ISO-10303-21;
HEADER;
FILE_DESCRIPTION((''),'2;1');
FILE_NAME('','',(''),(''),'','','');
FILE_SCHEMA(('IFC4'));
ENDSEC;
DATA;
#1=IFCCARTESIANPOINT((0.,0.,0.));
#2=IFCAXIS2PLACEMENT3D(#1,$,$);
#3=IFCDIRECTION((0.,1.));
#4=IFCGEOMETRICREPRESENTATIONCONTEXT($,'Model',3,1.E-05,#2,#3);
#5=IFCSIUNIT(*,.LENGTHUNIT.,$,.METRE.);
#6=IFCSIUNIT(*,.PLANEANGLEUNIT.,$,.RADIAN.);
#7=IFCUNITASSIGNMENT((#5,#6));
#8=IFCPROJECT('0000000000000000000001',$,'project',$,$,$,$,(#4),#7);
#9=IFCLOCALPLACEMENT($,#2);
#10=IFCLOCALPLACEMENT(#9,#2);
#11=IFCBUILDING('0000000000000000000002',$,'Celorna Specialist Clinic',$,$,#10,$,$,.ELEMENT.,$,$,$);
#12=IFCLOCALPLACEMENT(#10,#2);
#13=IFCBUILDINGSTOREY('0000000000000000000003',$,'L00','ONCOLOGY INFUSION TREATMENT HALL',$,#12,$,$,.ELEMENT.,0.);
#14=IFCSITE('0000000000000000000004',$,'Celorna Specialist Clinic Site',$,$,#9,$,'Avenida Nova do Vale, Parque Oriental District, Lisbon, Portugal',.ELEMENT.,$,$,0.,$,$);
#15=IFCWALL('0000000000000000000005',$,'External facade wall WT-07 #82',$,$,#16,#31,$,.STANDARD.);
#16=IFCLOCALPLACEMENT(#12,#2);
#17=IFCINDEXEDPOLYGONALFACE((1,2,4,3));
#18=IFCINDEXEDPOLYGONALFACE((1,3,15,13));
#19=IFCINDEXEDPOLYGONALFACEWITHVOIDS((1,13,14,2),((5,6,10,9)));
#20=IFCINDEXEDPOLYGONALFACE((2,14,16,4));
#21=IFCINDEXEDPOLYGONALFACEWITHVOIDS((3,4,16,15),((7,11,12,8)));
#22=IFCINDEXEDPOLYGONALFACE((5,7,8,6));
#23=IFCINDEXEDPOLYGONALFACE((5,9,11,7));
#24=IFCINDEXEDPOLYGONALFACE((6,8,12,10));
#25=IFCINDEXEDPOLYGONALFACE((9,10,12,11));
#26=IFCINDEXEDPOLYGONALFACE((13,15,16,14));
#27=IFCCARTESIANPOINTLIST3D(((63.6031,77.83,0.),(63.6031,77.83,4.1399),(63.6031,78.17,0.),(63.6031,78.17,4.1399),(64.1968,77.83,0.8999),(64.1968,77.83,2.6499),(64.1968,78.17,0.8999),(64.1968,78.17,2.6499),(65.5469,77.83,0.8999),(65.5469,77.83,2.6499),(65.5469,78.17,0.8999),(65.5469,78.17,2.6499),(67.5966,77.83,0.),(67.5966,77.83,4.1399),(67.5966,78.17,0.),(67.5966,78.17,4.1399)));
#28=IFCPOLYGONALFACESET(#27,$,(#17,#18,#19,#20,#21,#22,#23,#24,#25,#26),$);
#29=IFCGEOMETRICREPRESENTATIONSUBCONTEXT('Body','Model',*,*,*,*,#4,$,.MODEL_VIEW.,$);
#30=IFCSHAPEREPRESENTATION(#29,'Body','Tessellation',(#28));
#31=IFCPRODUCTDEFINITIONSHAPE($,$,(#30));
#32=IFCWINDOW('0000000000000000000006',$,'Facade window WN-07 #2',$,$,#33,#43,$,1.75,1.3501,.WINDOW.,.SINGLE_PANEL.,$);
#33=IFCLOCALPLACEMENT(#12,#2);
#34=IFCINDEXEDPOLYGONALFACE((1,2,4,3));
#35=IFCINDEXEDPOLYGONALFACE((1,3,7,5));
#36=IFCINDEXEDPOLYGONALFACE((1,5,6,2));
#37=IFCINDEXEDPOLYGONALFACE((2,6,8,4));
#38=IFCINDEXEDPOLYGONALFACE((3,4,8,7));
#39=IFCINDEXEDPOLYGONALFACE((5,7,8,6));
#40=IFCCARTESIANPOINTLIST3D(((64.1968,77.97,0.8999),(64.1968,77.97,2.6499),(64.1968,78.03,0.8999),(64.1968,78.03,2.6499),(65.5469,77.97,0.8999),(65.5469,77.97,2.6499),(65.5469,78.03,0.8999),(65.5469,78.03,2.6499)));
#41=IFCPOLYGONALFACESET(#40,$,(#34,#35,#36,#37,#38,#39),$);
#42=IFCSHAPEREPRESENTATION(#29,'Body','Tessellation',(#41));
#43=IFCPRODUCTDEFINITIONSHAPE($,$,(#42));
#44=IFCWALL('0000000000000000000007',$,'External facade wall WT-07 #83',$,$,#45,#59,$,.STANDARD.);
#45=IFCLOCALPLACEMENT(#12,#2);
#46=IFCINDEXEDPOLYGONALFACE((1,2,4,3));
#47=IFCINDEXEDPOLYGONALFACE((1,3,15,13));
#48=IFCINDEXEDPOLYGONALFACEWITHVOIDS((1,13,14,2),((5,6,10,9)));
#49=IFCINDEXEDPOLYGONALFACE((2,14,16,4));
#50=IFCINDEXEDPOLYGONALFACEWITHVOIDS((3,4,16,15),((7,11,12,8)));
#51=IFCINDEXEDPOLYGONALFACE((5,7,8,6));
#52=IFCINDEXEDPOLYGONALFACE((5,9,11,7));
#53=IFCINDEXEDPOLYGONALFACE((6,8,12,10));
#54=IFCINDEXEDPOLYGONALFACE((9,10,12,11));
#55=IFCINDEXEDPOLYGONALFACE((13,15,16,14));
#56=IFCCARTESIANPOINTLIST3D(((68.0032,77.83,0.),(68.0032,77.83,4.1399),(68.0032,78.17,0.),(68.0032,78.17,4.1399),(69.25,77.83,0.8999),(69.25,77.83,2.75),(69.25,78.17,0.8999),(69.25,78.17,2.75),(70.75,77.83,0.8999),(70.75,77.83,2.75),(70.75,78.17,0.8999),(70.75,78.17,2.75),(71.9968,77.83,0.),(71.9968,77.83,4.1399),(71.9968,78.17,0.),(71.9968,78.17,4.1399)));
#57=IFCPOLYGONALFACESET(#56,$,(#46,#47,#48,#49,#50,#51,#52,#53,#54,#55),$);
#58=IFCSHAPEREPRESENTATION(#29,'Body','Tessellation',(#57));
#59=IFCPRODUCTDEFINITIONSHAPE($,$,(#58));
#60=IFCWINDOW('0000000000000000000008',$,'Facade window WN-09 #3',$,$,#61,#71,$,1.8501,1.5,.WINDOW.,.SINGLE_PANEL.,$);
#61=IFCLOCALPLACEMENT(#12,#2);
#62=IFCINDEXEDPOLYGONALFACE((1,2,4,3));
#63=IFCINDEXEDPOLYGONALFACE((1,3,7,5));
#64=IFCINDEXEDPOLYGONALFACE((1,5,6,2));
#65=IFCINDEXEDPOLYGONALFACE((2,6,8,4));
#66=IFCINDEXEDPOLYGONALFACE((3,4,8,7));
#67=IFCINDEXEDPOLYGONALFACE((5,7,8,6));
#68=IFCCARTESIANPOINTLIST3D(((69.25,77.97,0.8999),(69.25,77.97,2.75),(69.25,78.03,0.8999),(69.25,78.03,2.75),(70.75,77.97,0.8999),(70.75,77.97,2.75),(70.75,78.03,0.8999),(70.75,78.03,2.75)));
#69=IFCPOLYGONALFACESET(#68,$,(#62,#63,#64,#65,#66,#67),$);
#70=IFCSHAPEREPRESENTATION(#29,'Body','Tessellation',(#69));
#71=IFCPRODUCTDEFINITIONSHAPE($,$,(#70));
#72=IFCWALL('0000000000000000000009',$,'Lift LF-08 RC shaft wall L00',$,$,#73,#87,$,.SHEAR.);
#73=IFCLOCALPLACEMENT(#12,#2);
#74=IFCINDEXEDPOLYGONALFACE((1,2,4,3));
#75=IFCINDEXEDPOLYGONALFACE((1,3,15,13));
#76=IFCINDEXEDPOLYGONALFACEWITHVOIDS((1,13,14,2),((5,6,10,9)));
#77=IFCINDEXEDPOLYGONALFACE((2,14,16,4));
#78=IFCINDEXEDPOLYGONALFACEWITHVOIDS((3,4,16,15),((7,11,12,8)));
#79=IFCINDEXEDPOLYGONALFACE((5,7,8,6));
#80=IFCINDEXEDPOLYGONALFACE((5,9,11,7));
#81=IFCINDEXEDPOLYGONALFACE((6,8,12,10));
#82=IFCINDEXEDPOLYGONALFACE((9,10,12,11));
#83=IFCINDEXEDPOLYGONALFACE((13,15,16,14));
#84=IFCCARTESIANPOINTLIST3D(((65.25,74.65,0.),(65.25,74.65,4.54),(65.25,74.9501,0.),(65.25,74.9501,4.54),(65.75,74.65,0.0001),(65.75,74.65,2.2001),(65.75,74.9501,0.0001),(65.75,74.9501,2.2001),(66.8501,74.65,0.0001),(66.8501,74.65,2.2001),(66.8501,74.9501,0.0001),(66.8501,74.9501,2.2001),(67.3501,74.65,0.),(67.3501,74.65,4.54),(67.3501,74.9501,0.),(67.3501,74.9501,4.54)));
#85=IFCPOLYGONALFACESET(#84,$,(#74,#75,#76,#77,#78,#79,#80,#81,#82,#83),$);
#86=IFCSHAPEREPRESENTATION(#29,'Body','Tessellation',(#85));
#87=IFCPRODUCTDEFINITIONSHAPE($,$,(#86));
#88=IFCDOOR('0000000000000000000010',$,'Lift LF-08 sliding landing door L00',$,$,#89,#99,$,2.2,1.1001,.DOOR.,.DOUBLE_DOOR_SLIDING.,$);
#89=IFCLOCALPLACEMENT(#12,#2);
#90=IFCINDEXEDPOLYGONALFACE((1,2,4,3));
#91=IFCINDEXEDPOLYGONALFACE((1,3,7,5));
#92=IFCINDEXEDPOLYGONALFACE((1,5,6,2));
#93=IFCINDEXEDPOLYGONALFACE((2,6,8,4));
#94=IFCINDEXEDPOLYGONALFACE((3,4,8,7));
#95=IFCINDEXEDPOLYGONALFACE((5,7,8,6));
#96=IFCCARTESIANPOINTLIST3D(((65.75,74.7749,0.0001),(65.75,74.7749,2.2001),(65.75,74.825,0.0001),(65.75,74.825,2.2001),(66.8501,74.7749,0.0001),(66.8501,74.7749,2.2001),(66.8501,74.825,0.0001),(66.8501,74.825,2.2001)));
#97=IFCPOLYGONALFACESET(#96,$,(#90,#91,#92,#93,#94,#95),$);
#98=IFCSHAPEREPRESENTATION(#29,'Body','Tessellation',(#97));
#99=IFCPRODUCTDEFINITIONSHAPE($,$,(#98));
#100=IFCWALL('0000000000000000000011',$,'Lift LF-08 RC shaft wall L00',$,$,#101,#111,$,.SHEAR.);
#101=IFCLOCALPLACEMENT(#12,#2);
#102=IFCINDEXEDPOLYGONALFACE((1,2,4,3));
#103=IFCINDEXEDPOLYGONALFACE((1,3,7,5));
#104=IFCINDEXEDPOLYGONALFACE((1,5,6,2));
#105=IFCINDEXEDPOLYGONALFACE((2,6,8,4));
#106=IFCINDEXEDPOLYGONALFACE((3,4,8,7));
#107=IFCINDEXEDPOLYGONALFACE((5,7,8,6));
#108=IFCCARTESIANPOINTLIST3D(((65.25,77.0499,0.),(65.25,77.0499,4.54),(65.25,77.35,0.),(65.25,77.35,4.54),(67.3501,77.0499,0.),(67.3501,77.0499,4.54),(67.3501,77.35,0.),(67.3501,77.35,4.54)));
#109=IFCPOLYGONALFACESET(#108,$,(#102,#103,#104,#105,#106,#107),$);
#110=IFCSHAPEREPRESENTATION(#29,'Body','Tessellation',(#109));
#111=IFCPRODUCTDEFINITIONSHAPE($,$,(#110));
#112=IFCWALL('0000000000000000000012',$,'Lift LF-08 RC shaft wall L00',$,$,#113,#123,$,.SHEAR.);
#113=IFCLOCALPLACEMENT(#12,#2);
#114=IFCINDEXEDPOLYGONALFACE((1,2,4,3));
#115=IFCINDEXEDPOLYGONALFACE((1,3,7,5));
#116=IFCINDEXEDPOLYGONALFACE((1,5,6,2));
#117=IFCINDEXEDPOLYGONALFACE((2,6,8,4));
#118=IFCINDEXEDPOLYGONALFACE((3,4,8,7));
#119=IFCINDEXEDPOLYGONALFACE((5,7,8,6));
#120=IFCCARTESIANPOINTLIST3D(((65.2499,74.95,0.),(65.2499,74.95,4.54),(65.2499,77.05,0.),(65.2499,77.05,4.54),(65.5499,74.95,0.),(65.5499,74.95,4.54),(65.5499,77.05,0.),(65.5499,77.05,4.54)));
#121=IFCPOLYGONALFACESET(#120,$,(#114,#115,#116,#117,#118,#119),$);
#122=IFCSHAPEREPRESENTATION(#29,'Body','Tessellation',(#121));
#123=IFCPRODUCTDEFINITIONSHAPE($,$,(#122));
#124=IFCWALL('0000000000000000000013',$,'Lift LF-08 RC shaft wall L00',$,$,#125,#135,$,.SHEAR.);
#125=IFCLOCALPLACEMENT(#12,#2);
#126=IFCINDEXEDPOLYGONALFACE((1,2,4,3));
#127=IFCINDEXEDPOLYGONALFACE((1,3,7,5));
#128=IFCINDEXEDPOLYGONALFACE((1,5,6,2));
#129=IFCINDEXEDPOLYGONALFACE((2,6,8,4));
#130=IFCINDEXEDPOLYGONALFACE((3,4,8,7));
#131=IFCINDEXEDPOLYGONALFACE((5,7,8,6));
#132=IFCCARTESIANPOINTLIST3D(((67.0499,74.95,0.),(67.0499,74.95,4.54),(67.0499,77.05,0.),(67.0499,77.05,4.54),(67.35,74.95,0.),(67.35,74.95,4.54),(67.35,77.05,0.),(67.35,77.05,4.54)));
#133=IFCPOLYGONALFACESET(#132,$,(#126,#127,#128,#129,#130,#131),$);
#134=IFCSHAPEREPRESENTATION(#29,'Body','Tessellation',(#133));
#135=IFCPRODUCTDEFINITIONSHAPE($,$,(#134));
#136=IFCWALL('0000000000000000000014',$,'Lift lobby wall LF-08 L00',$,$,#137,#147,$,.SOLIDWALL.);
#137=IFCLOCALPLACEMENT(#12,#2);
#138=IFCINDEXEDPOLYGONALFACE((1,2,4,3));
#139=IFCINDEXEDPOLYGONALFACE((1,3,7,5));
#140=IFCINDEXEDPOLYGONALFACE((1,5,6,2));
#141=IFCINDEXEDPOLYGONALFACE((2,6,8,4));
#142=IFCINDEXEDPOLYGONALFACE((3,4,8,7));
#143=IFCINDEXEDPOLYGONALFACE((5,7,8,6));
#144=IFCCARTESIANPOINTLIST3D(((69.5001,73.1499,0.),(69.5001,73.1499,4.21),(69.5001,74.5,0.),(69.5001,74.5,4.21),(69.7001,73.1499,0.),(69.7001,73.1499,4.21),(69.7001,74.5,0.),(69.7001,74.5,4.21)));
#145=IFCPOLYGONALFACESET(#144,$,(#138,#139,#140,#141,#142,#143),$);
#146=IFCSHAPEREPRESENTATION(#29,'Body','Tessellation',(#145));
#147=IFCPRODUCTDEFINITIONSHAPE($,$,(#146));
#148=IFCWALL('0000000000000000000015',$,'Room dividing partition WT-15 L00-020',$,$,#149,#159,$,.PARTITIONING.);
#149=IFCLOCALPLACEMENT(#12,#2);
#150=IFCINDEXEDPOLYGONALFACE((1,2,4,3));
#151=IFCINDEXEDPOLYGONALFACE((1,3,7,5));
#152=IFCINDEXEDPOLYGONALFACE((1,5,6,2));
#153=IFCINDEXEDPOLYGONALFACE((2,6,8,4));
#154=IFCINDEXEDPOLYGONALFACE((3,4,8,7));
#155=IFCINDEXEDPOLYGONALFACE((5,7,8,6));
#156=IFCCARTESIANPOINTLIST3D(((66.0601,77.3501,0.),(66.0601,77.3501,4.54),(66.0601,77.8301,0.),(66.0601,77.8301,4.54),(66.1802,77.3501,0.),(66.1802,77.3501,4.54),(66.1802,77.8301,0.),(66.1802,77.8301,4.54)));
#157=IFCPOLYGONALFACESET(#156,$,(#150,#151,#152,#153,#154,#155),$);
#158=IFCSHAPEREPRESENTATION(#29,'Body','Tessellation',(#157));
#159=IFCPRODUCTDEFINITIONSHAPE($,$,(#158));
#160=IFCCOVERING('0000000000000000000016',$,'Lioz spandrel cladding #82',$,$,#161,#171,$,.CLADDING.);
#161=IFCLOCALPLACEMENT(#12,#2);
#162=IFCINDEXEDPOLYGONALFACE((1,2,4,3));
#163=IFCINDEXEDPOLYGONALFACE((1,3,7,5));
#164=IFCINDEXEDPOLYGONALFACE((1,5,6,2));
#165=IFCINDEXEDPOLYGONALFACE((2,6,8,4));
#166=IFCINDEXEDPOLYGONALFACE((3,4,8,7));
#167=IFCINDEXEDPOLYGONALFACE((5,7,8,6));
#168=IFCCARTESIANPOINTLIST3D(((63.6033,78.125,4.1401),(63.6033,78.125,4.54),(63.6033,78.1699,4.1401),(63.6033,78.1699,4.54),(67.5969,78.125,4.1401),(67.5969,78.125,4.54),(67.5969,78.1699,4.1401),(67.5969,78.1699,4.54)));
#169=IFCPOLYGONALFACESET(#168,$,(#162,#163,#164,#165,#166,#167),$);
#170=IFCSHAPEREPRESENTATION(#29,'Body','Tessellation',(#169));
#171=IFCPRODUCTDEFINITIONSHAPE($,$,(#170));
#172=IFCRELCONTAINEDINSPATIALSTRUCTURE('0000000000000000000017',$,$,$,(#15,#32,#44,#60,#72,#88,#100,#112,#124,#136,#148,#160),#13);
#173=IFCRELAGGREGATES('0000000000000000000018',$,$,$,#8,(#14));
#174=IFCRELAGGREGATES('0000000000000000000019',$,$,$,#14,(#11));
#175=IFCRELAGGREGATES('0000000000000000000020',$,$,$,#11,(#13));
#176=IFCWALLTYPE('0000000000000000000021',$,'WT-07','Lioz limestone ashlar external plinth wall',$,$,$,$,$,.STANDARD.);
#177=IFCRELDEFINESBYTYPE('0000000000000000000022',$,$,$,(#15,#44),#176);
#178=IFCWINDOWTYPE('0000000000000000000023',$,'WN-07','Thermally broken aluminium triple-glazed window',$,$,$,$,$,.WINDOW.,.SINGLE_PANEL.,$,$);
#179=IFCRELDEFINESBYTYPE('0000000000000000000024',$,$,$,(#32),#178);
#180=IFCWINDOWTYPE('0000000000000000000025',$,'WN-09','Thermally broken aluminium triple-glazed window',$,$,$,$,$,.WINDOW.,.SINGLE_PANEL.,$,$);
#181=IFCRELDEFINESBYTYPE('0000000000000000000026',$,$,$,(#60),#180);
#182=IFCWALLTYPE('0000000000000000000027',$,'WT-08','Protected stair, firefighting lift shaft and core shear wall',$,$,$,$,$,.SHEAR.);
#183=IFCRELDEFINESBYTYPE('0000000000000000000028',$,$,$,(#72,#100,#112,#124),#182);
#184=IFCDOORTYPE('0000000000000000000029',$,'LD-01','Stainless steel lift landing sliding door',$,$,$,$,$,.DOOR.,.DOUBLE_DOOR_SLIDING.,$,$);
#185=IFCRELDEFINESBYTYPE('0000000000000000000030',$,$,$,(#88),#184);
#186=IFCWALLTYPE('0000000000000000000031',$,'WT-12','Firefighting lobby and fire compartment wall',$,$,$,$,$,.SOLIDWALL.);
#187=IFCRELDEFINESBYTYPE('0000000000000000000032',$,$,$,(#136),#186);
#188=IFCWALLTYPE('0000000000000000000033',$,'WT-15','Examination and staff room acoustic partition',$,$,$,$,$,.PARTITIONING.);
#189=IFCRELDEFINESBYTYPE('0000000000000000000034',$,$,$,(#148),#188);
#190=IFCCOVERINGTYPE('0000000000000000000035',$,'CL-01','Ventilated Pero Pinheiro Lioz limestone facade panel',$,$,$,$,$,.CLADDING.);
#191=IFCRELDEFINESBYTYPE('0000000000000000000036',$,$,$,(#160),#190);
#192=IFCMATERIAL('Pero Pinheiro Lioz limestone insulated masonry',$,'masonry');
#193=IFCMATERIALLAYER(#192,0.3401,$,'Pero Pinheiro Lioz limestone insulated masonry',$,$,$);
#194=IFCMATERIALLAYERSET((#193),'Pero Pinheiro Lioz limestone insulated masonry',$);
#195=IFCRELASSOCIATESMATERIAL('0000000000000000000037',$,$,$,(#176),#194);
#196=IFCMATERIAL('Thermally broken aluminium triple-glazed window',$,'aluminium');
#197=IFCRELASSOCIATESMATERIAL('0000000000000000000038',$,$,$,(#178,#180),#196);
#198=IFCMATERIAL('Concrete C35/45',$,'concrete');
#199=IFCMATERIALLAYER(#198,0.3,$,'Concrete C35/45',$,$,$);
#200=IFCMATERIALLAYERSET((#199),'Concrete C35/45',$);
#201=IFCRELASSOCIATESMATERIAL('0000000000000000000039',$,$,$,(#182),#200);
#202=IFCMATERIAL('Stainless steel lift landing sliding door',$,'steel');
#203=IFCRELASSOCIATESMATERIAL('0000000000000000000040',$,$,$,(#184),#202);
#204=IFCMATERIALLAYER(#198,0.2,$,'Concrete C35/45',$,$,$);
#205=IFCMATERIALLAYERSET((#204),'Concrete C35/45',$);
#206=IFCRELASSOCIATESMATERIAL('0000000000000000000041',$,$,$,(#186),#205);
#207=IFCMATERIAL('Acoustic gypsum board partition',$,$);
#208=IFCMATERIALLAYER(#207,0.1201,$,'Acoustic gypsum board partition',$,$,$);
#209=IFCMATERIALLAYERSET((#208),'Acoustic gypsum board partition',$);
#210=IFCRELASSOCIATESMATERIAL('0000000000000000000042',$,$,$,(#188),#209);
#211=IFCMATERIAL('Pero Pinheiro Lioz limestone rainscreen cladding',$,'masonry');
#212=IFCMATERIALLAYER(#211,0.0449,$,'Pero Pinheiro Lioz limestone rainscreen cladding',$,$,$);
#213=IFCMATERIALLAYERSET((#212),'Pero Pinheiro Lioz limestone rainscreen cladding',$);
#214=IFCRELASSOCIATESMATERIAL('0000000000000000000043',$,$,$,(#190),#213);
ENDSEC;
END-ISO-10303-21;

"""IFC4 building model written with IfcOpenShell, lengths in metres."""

from ifc_helpers import new_model, si_unit, direction, frame, frame_2d, origin, origin_2d, place, context, subcontext, project, spatial, rectangle, extrude, material, layer, layer_set, type_object, element, fill, save


model = new_model("IFC4")

# Units and contexts
model_context = context("Model", 3, precision=1e-05, world=origin(), true_north=direction((0.0, 1.0)))
body_context = subcontext(model_context, "Body", "Model", "MODEL_VIEW")
ifc_project = project(units=[si_unit("LENGTHUNIT", "METRE"), si_unit("PLANEANGLEUNIT", "RADIAN")], contexts=[model_context])

# Site, building, storey
site_placement = place(None, origin())
site = spatial("IfcSite", under=ifc_project, at=site_placement, Name="Celorna Specialist Clinic Site", LongName="Avenida Nova do Vale, Parque Oriental District, Lisbon, Portugal", CompositionType="ELEMENT", RefElevation=0.0)
building_placement = place(site_placement, origin())
building = spatial("IfcBuilding", under=site, at=building_placement, Name="Celorna Specialist Clinic", CompositionType="ELEMENT")
storey_placement = place(building_placement, origin())
storey = spatial("IfcBuildingStorey", under=building, at=storey_placement, Name="L00", Description="ONCOLOGY INFUSION TREATMENT HALL", CompositionType="ELEMENT", Elevation=0.0)

# Walls, openings, windows
ifc_material_1 = material(Name="Pero Pinheiro Lioz limestone insulated masonry", Category="masonry")
ifc_layer_1 = layer(ifc_material_1, 0.3401, Name="Pero Pinheiro Lioz limestone insulated masonry")
ifc_layer_set_1 = layer_set([ifc_layer_1], Name="Pero Pinheiro Lioz limestone insulated masonry")
wall_type_1 = type_object("IfcWallType", Name="WT-07", Description="Lioz limestone ashlar external plinth wall", PredefinedType="STANDARD", material=ifc_layer_set_1)
wall_1_placement = place(storey_placement, frame((63.6033, 78.0, 0.0), z_axis=(0.0, 0.0, 1.0), x_axis=(1.0, 0.0, 0.0)))
wall_1 = element("IfcWall", 1, at=wall_1_placement, inside=storey, type_object=wall_type_1, Name="External facade wall WT-07 #82", PredefinedType="STANDARD", context=body_context, shape_type="SweptSolid", body=[
    extrude(rectangle(XDim=3.9934, YDim=0.3401, at=frame_2d((1.9966, 0.0))), origin(), (0.0, 0.0, 1.0), 4.1399),
])
opening_1_placement = place(wall_1_placement, frame((0.5935, 0.0, 0.8999)))
opening_1 = element("IfcOpeningElement", 2, at=opening_1_placement, cuts=wall_1, PredefinedType="OPENING", context=body_context, shape_type="SweptSolid", body=[
    extrude(rectangle(XDim=1.3501, YDim=1.75, at=frame_2d((0.675, 0.875))), frame((0.0, 0.1799, 0.0), z_axis=(0.0, -1.0, 0.0), x_axis=(1.0, 0.0, 0.0)), (0.0, 0.0, 1.0), 0.3601),
])
ifc_material_2 = material(Name="Thermally broken aluminium triple-glazed window", Category="aluminium")
window_type_1 = type_object("IfcWindowType", Name="WN-07", Description="Thermally broken aluminium triple-glazed window", PartitioningType="SINGLE_PANEL", PredefinedType="WINDOW", material=ifc_material_2)
window_1_placement = place(opening_1_placement, origin())
window_1 = element("IfcWindow", 3, at=window_1_placement, inside=storey, type_object=window_type_1, Name="Facade window WN-07 #2", OverallHeight=1.75, OverallWidth=1.3501, PartitioningType="SINGLE_PANEL", PredefinedType="WINDOW", context=body_context, shape_type="SweptSolid", body=[
    extrude(rectangle(XDim=1.3501, YDim=1.75, at=frame_2d((0.675, 0.875))), frame((0.0, 0.03, 0.0), z_axis=(0.0, -1.0, 0.0), x_axis=(1.0, 0.0, 0.0)), (0.0, 0.0, 1.0), 0.0601),
])
fill(opening_1, window_1)
wall_2_placement = place(storey_placement, frame((68.0032, 78.0, 0.0), z_axis=(0.0, 0.0, 1.0), x_axis=(1.0, 0.0, 0.0)))
wall_2 = element("IfcWall", 4, at=wall_2_placement, inside=storey, type_object=wall_type_1, Name="External facade wall WT-07 #83", PredefinedType="STANDARD", context=body_context, shape_type="SweptSolid", body=[
    extrude(rectangle(XDim=3.9937, YDim=0.3401, at=frame_2d((1.9968, 0.0))), origin(), (0.0, 0.0, 1.0), 4.1399),
])
opening_2_placement = place(wall_2_placement, frame((1.2468, 0.0, 0.8999)))
opening_2 = element("IfcOpeningElement", 5, at=opening_2_placement, cuts=wall_2, PredefinedType="OPENING", context=body_context, shape_type="SweptSolid", body=[
    extrude(rectangle(XDim=1.5, YDim=1.8501, at=frame_2d((0.75, 0.925))), frame((0.0, 0.1799, 0.0), z_axis=(0.0, -1.0, 0.0), x_axis=(1.0, 0.0, 0.0)), (0.0, 0.0, 1.0), 0.3601),
])
window_type_2 = type_object("IfcWindowType", Name="WN-09", Description="Thermally broken aluminium triple-glazed window", PartitioningType="SINGLE_PANEL", PredefinedType="WINDOW", material=ifc_material_2)
window_2_placement = place(opening_2_placement, origin())
window_2 = element("IfcWindow", 6, at=window_2_placement, inside=storey, type_object=window_type_2, Name="Facade window WN-09 #3", OverallHeight=1.8501, OverallWidth=1.5, PartitioningType="SINGLE_PANEL", PredefinedType="WINDOW", context=body_context, shape_type="SweptSolid", body=[
    extrude(rectangle(XDim=1.5, YDim=1.8501, at=frame_2d((0.75, 0.925))), frame((0.0, 0.03, 0.0), z_axis=(0.0, -1.0, 0.0), x_axis=(1.0, 0.0, 0.0)), (0.0, 0.0, 1.0), 0.0601),
])
fill(opening_2, window_2)

# Wall, opening, door
ifc_material_3 = material(Name="Concrete C35/45", Category="concrete")
ifc_layer_2 = layer(ifc_material_3, 0.3, Name="Concrete C35/45")
ifc_layer_set_2 = layer_set([ifc_layer_2], Name="Concrete C35/45")
wall_type_2 = type_object("IfcWallType", Name="WT-08", Description="Protected stair, firefighting lift shaft and core shear wall", PredefinedType="SHEAR", material=ifc_layer_set_2)
wall_3_placement = place(storey_placement, frame((65.25, 74.8, 0.0), z_axis=(0.0, 0.0, 1.0), x_axis=(1.0, 0.0, 0.0)))
wall_3 = element("IfcWall", 7, at=wall_3_placement, inside=storey, type_object=wall_type_2, Name="Lift LF-08 RC shaft wall L00", PredefinedType="SHEAR", context=body_context, shape_type="SweptSolid", body=[
    extrude(rectangle(XDim=2.1001, YDim=0.3, at=frame_2d((1.05, 0.0))), origin(), (0.0, 0.0, 1.0), 4.54),
])
opening_3_placement = place(wall_3_placement, frame((0.5, 0.0, 0.0)))
opening_3 = element("IfcOpeningElement", 8, at=opening_3_placement, cuts=wall_3, PredefinedType="OPENING", context=body_context, shape_type="SweptSolid", body=[
    extrude(rectangle(XDim=1.1001, YDim=2.2, at=frame_2d((0.55, 1.1001))), frame((0.0, 0.1599, 0.0), z_axis=(0.0, -1.0, 0.0), x_axis=(1.0, 0.0, 0.0)), (0.0, 0.0, 1.0), 0.3201),
])
ifc_material_4 = material(Name="Stainless steel lift landing sliding door", Category="steel")
door_type = type_object("IfcDoorType", Name="LD-01", Description="Stainless steel lift landing sliding door", OperationType="DOUBLE_DOOR_SLIDING", PredefinedType="DOOR", material=ifc_material_4)
door_placement = place(opening_3_placement, origin())
door = element("IfcDoor", 9, at=door_placement, inside=storey, type_object=door_type, Name="Lift LF-08 sliding landing door L00", OperationType="DOUBLE_DOOR_SLIDING", OverallHeight=2.2, OverallWidth=1.1001, PredefinedType="DOOR", context=body_context, shape_type="SweptSolid", body=[
    extrude(rectangle(XDim=1.1001, YDim=2.2, at=frame_2d((0.55, 1.1001))), frame((0.0, 0.0249, 0.0), z_axis=(0.0, -1.0, 0.0), x_axis=(1.0, 0.0, 0.0)), (0.0, 0.0, 1.0), 0.05),
])
fill(opening_3, door)

# Walls
for number, where, z_axis, x_axis, name in (
    (10, (67.3501, 77.2, 0.0), (0.0, 0.0, 1.0), (-1.0, 0.0, 0.0), "Lift LF-08 RC shaft wall L00"),
    (11, (65.3999, 77.05, 0.0), (0.0, 0.0, 1.0), (0.0, -1.0, 0.0), "Lift LF-08 RC shaft wall L00"),
    (12, (67.2, 74.95, 0.0), (0.0, 0.0, 1.0), (0.0, 1.0, 0.0), "Lift LF-08 RC shaft wall L00"),
):
    element("IfcWall", number, at=place(storey_placement, frame(where, z_axis=z_axis, x_axis=x_axis)), inside=storey, type_object=wall_type_2, Name=name, PredefinedType="SHEAR", context=body_context, shape_type="SweptSolid", body=[
        extrude(rectangle(XDim=2.1001, YDim=0.3, at=frame_2d((1.05, 0.0))), origin(), (0.0, 0.0, 1.0), 4.54),
    ])
ifc_layer_3 = layer(ifc_material_3, 0.2, Name="Concrete C35/45")
ifc_layer_set_3 = layer_set([ifc_layer_3], Name="Concrete C35/45")
wall_type_3 = type_object("IfcWallType", Name="WT-12", Description="Firefighting lobby and fire compartment wall", PredefinedType="SOLIDWALL", material=ifc_layer_set_3)
wall_4_placement = place(storey_placement, frame((69.6001, 73.1499, 0.0), z_axis=(0.0, 0.0, 1.0), x_axis=(0.0, 1.0, 0.0)))
element("IfcWall", 13, at=wall_4_placement, inside=storey, type_object=wall_type_3, Name="Lift lobby wall LF-08 L00", PredefinedType="SOLIDWALL", context=body_context, shape_type="SweptSolid", body=[
    extrude(rectangle(XDim=1.3501, YDim=0.2, at=frame_2d((0.675, 0.0))), origin(), (0.0, 0.0, 1.0), 4.21),
])
ifc_material_5 = material(Name="Acoustic gypsum board partition")
ifc_layer_4 = layer(ifc_material_5, 0.1201, Name="Acoustic gypsum board partition")
ifc_layer_set_4 = layer_set([ifc_layer_4], Name="Acoustic gypsum board partition")
wall_type_4 = type_object("IfcWallType", Name="WT-15", Description="Examination and staff room acoustic partition", PredefinedType="PARTITIONING", material=ifc_layer_set_4)
wall_5_placement = place(storey_placement, frame((66.1201, 77.3501, 0.0), z_axis=(0.0, 0.0, 1.0), x_axis=(0.0, 1.0, 0.0)))
element("IfcWall", 14, at=wall_5_placement, inside=storey, type_object=wall_type_4, Name="Room dividing partition WT-15 L00-020", PredefinedType="PARTITIONING", context=body_context, shape_type="SweptSolid", body=[
    extrude(rectangle(XDim=0.48, YDim=0.1201, at=frame_2d((0.24, 0.0))), origin(), (0.0, 0.0, 1.0), 4.54),
])

# Covering
ifc_material_6 = material(Name="Pero Pinheiro Lioz limestone rainscreen cladding", Category="masonry")
ifc_layer_5 = layer(ifc_material_6, 0.0449, Name="Pero Pinheiro Lioz limestone rainscreen cladding")
ifc_layer_set_5 = layer_set([ifc_layer_5], Name="Pero Pinheiro Lioz limestone rainscreen cladding")
covering_type = type_object("IfcCoveringType", Name="CL-01", Description="Ventilated Pero Pinheiro Lioz limestone facade panel", PredefinedType="CLADDING", material=ifc_layer_set_5)
for number, where, z_axis, x_axis, name in (
    (15, (65.6001, 78.1475, 4.1401), (0.0, 0.0, 1.0), (1.0, 0.0, 0.0), "Lioz spandrel cladding #82"),
):
    element("IfcCovering", number, at=place(storey_placement, frame(where, z_axis=z_axis, x_axis=x_axis)), inside=storey, type_object=covering_type, Name=name, PredefinedType="CLADDING", context=body_context, shape_type="SweptSolid", body=[
        extrude(rectangle(XDim=3.9937, YDim=0.0449, at=origin_2d()), origin(), (0.0, 0.0, 1.0), 0.3999),
    ])

save(model, "model.ifc")
